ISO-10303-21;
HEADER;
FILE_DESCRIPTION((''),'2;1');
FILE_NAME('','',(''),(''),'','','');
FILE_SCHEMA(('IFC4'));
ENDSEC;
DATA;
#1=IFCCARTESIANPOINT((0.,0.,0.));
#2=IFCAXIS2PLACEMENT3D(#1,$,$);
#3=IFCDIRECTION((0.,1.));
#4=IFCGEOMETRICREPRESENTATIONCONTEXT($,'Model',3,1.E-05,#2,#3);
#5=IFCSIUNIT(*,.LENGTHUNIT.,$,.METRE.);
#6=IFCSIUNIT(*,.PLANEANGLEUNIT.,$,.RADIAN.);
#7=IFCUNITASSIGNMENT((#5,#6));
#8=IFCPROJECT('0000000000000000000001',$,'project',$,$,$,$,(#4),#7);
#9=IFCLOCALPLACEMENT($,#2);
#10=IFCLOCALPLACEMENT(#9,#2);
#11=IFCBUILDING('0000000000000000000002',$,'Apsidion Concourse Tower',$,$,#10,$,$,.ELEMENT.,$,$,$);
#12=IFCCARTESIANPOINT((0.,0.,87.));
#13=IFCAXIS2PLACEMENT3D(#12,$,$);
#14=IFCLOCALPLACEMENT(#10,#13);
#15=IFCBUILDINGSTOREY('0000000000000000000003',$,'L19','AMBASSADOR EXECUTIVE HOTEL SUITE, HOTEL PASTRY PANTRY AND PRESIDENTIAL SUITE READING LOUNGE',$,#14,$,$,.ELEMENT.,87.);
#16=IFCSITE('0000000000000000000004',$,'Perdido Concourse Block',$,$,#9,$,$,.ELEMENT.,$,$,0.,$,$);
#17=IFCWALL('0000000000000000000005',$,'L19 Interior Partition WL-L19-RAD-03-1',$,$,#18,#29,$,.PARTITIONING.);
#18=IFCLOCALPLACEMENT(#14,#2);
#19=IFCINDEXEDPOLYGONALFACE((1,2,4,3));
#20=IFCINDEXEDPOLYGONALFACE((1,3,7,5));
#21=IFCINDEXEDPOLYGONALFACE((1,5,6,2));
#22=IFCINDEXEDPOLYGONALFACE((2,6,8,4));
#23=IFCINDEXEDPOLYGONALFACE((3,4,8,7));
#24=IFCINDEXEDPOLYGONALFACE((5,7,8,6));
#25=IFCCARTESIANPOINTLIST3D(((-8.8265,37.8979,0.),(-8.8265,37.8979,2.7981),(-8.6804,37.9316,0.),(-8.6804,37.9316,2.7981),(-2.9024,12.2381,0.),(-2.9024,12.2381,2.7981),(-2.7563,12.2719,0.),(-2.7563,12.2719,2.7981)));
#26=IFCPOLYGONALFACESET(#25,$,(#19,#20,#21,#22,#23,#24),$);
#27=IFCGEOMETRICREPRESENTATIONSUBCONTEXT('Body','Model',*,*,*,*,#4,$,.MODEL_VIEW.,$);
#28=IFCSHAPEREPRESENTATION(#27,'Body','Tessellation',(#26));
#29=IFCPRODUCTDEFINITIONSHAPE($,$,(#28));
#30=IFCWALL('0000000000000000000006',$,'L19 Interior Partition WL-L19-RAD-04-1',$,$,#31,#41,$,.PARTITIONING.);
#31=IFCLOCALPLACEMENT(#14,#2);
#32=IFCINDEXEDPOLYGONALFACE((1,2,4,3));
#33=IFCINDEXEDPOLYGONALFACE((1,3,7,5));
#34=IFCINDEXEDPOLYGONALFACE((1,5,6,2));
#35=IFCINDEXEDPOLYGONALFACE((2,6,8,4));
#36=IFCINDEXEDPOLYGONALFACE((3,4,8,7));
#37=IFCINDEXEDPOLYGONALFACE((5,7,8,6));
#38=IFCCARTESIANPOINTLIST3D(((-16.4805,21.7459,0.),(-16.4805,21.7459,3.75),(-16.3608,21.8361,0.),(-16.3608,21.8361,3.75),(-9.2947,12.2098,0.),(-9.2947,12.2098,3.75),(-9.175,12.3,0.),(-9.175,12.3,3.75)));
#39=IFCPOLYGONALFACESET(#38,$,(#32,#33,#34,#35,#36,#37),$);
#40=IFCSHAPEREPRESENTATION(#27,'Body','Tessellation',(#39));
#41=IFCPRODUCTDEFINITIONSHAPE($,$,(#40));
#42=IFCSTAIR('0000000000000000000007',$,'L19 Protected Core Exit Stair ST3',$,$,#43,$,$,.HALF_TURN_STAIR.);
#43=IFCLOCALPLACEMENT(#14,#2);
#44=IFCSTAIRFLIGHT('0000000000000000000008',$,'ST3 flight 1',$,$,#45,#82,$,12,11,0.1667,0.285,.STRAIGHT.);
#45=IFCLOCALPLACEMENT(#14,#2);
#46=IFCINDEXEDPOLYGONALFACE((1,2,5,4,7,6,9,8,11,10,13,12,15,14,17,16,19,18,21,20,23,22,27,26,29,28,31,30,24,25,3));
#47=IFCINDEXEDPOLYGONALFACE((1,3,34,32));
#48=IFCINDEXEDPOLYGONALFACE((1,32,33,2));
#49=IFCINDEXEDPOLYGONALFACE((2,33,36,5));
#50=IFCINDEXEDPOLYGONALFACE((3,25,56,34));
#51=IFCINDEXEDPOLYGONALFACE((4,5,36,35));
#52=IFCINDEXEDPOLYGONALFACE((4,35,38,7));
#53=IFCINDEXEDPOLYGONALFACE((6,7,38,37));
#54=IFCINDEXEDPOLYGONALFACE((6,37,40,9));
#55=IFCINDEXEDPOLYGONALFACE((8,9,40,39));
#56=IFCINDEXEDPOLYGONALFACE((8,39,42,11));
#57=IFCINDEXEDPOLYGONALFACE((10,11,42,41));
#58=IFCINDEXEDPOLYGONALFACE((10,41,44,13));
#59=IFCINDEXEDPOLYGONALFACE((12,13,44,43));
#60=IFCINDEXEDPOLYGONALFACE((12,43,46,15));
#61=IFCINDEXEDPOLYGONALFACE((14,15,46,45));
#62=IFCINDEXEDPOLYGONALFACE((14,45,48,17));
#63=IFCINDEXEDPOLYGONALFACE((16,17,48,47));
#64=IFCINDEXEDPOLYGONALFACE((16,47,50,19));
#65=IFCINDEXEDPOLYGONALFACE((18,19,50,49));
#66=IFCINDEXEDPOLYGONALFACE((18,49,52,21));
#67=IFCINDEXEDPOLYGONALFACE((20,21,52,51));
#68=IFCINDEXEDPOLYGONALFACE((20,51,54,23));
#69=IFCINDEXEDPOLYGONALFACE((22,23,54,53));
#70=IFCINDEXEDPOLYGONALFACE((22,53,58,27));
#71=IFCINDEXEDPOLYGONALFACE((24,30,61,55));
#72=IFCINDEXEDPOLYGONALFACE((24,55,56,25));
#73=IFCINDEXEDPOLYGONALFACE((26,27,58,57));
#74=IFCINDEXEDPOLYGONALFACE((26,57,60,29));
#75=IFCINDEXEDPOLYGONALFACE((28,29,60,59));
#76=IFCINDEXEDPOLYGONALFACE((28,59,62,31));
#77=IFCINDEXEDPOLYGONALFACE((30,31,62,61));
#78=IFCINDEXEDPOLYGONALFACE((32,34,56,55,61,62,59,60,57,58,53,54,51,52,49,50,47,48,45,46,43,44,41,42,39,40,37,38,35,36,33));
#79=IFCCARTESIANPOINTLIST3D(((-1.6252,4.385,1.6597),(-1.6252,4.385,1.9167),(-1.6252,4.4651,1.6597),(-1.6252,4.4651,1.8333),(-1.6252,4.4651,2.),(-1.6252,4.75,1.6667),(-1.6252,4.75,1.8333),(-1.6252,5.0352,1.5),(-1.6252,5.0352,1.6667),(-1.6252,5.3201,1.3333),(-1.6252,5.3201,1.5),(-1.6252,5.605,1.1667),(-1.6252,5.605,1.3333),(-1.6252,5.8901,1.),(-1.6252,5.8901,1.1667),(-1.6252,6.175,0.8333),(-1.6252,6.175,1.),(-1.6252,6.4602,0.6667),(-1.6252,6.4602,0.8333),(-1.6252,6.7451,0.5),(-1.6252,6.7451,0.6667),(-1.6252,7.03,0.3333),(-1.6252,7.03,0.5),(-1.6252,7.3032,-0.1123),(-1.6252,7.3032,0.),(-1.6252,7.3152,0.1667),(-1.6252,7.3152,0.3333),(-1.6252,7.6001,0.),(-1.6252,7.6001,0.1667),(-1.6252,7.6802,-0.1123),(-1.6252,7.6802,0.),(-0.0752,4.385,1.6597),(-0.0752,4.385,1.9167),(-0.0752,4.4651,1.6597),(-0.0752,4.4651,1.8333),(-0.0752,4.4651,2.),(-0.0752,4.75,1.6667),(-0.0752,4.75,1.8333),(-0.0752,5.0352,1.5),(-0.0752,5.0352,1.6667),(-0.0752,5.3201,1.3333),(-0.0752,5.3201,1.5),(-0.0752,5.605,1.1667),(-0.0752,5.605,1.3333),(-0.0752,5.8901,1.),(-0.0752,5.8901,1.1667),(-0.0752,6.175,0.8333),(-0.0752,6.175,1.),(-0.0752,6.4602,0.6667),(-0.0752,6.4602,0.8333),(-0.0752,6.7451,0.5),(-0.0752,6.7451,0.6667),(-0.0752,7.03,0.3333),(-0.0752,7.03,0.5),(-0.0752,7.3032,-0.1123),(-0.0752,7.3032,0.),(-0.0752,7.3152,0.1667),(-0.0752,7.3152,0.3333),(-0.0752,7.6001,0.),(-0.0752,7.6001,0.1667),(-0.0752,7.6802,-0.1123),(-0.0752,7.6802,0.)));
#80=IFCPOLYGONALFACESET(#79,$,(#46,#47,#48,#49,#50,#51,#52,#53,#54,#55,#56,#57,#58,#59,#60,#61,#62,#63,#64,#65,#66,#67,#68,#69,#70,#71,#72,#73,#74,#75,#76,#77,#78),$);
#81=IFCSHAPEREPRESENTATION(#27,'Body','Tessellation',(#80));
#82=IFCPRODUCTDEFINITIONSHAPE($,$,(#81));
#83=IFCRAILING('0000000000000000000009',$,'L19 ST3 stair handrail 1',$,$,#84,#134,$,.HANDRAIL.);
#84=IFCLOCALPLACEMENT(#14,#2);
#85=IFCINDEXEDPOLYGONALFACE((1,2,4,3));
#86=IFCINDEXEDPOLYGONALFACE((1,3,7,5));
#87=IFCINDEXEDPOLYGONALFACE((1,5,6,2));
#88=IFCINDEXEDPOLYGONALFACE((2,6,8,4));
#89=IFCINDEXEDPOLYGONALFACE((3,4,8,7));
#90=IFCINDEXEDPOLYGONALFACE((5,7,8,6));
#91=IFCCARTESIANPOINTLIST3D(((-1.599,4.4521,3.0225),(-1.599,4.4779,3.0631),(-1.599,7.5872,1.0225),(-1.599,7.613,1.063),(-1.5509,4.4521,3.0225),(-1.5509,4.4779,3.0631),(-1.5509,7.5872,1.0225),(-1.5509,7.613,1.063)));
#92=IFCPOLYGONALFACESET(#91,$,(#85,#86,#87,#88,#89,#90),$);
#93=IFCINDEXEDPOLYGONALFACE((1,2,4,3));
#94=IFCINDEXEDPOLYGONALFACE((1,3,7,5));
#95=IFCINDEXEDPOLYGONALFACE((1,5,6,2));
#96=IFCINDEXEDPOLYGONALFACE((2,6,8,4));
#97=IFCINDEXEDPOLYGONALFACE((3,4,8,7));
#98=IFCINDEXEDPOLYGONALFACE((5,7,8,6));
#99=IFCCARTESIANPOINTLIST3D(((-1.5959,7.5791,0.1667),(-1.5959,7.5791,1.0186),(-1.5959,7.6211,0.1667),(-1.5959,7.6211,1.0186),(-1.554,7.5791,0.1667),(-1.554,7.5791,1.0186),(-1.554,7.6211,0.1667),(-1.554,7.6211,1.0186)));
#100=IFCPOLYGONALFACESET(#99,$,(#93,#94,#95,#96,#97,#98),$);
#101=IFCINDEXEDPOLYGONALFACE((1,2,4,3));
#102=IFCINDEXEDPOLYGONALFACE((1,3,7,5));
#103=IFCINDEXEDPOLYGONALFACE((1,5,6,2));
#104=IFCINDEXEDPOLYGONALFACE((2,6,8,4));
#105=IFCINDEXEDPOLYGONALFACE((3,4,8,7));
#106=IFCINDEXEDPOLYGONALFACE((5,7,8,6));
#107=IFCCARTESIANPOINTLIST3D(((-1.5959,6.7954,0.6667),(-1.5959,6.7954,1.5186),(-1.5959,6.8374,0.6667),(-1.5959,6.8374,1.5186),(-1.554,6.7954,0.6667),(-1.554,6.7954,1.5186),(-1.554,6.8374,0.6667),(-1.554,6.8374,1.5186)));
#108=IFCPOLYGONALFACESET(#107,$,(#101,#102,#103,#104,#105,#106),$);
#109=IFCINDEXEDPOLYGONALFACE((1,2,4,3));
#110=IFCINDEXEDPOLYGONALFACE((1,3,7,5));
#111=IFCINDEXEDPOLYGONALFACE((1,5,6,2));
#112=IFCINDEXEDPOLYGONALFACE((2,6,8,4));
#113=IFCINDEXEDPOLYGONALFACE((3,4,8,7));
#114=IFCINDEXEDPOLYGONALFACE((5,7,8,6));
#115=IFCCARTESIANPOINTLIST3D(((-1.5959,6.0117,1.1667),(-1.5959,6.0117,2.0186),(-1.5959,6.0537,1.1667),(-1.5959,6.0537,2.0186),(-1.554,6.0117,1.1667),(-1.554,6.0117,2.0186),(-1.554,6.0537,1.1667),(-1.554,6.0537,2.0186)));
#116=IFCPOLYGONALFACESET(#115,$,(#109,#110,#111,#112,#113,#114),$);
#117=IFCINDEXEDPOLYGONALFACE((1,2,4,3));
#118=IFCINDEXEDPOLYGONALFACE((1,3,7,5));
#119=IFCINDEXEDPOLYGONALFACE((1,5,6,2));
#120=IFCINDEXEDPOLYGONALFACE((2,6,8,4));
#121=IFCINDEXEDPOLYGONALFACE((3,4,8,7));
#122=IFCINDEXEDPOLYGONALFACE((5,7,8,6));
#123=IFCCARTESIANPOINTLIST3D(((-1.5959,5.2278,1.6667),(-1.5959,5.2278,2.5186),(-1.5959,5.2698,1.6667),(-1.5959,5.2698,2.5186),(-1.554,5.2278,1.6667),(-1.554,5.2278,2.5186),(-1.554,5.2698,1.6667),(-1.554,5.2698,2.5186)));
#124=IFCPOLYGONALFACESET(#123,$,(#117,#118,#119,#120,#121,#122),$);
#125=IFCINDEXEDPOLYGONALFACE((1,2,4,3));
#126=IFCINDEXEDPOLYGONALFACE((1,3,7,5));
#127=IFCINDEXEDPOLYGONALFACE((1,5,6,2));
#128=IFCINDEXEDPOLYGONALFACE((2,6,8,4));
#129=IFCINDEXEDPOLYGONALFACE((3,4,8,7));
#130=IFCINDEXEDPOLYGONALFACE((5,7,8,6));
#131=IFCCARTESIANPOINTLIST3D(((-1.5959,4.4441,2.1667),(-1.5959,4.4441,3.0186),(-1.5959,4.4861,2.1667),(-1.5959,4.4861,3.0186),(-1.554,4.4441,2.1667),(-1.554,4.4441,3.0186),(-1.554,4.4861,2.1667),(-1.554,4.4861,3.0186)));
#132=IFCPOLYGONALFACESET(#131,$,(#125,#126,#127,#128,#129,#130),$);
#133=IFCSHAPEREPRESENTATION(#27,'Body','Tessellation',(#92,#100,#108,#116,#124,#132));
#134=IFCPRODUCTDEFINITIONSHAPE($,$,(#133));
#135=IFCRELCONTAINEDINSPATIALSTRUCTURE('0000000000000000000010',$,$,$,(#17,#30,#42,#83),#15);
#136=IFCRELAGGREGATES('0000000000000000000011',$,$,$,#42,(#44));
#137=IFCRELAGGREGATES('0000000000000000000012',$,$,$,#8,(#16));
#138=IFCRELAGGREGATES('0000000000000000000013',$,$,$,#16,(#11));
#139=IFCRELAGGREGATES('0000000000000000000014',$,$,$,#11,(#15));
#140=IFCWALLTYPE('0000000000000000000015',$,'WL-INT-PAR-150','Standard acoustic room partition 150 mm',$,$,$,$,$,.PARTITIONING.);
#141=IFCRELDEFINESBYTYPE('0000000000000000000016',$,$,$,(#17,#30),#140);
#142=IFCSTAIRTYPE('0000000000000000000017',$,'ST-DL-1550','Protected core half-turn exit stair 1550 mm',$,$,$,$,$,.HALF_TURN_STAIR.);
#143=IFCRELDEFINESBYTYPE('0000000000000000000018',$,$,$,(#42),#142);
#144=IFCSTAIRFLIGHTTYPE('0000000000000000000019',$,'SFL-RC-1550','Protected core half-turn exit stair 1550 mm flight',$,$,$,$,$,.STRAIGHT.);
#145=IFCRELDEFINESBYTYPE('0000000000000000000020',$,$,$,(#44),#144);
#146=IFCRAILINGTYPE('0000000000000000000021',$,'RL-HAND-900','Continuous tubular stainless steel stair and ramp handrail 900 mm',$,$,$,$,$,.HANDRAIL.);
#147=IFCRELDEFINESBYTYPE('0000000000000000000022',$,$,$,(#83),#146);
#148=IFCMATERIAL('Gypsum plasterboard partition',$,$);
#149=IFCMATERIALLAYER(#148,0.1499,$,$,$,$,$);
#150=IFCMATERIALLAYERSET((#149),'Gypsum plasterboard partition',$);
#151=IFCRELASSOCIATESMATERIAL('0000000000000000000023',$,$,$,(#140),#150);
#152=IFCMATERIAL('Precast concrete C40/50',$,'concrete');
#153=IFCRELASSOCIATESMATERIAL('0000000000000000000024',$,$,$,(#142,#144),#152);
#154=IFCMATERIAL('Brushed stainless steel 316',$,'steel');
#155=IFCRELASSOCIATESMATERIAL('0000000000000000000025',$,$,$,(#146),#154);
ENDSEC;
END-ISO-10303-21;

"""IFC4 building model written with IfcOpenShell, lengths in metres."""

from ifc_helpers import new_model, si_unit, direction, frame, frame_2d, origin, origin_2d, place, context, subcontext, project, spatial, polyline, rectangle, outline, extrude, material, layer, layer_set, type_object, element, aggregate, save


model = new_model("IFC4")

# Units and contexts
model_context = context("Model", 3, precision=1e-05, world=origin(), true_north=direction((0.0, 1.0)))
body_context = subcontext(model_context, "Body", "Model", "MODEL_VIEW")
ifc_project = project(units=[si_unit("LENGTHUNIT", "METRE"), si_unit("PLANEANGLEUNIT", "RADIAN")], contexts=[model_context])

# Site, building, storey
site_placement = place(None, origin())
site = spatial("IfcSite", under=ifc_project, at=site_placement, Name="Perdido Concourse Block", CompositionType="ELEMENT", RefElevation=0.0)
building_placement = place(site_placement, origin())
building = spatial("IfcBuilding", under=site, at=building_placement, Name="Apsidion Concourse Tower", CompositionType="ELEMENT")
storey_placement = place(building_placement, frame((0.0, 0.0, 87.0)))
storey = spatial("IfcBuildingStorey", under=building, at=storey_placement, Name="L19", Description="AMBASSADOR EXECUTIVE HOTEL SUITE, HOTEL PASTRY PANTRY AND PRESIDENTIAL SUITE READING LOUNGE", CompositionType="ELEMENT", Elevation=87.0)

# Shared definitions
ifc_material_1 = material(Name="Precast concrete C40/50", Category="concrete")
ifc_material_2 = material(Name="Gypsum plasterboard partition")

# Shared definitions
ifc_layer_1 = layer(ifc_material_2, 0.1499)
ifc_layer_set_1 = layer_set([ifc_layer_1], Name="Gypsum plasterboard partition")
wall_type_1 = type_object("IfcWallType", Name="WL-INT-PAR-150", Description="Standard acoustic room partition 150 mm", PredefinedType="PARTITIONING", material=ifc_layer_set_1)
ifc_material_3 = material(Name="Brushed stainless steel 316", Category="steel")

# Walls
wall_1_placement = place(storey_placement, frame((-2.8293, 12.2549, 0.0), z_axis=(0.0, 0.0, 1.0), x_axis=(-0.224954, 0.974369, 0.0)))
element("IfcWall", 1, at=wall_1_placement, inside=storey, type_object=wall_type_1, Name="L19 Interior Partition WL-L19-RAD-03-1", PredefinedType="PARTITIONING", context=body_context, shape_type="SweptSolid", body=[
    extrude(rectangle(XDim=26.3347, YDim=0.1499, at=frame_2d((13.1675, 0.0))), origin(), (0.0, 0.0, 1.0), 2.7981),
])
wall_2_placement = place(storey_placement, frame((-9.2349, 12.2549, 0.0), z_axis=(0.0, 0.0, 1.0), x_axis=(-0.601804, 0.798644, 0.0)))
element("IfcWall", 2, at=wall_2_placement, inside=storey, type_object=wall_type_1, Name="L19 Interior Partition WL-L19-RAD-04-1", PredefinedType="PARTITIONING", context=body_context, shape_type="SweptSolid", body=[
    extrude(rectangle(XDim=11.9404, YDim=0.1499, at=frame_2d((5.9702, 0.0))), origin(), (0.0, 0.0, 1.0), 3.75),
])

# Stair, stair flight
stair_type = type_object("IfcStairType", Name="ST-DL-1550", Description="Protected core half-turn exit stair 1550 mm", PredefinedType="HALF_TURN_STAIR", material=ifc_material_1)
stair_placement = place(storey_placement, origin())
stair = element("IfcStair", 3, at=stair_placement, inside=storey, type_object=stair_type, Name="L19 Protected Core Exit Stair ST3", PredefinedType="HALF_TURN_STAIR")
stair_flight_type = type_object("IfcStairFlightType", Name="SFL-RC-1550", Description="Protected core half-turn exit stair 1550 mm flight", PredefinedType="STRAIGHT", material=ifc_material_1)
stair_flight_placement = place(storey_placement, frame((-0.8501, 7.6001, 0.0), z_axis=(0.0, 0.0, 1.0), x_axis=(0.0, -1.0, 0.0)))
stair_flight = element("IfcStairFlight", 4, at=stair_flight_placement, type_object=stair_flight_type, Name="ST3 flight 1", NumberOfRisers=12, NumberOfTreads=11, PredefinedType="STRAIGHT", RiserHeight=0.1667, TreadLength=0.285, context=body_context, shape_type="SweptSolid", body=[
    extrude(outline(polyline([(-0.0801, -0.1123), (-0.0801, 0.0), (0.0, 0.0), (0.0, 0.1667), (0.2849, 0.1667), (0.2849, 0.3333), (0.5701, 0.3333), (0.5701, 0.5), (0.855, 0.5), (0.855, 0.6667), (1.1399, 0.6667), (1.1399, 0.8333), (1.425, 0.8333), (1.425, 1.0), (1.71, 1.0), (1.71, 1.1667), (1.9951, 1.1667), (1.9951, 1.3333), (2.28, 1.3333), (2.28, 1.5), (2.5649, 1.5), (2.5649, 1.6667), (2.8501, 1.6667), (2.8501, 1.8333), (3.135, 1.8333), (3.135, 2.0), (3.2151, 1.9167), (3.2151, 1.6597), (3.135, 1.6597), (0.2969, 0.0), (0.2969, -0.1123), (-0.0801, -0.1123)])), frame((0.0, 0.7749, 0.0), z_axis=(0.0, -1.0, 0.0), x_axis=(1.0, 0.0, 0.0)), (0.0, 0.0, 1.0), 1.55),
])
aggregate(stair, [stair_flight])

# Railing
railing_type = type_object("IfcRailingType", Name="RL-HAND-900", Description="Continuous tubular stainless steel stair and ramp handrail 900 mm", PredefinedType="HANDRAIL", material=ifc_material_3)
railing_placement = place(storey_placement, frame((-1.575, 7.6001, 0.1667)))
element("IfcRailing", 5, at=railing_placement, inside=storey, type_object=railing_type, Name="L19 ST3 stair handrail 1", PredefinedType="HANDRAIL", context=body_context, shape_type="SweptSolid", body=[
    extrude(rectangle(XDim=0.0481, YDim=0.0481, at=origin_2d()), frame((0.0, 0.0, 0.876), z_axis=(0.0, -0.843053, 0.537831), x_axis=(1.0, 0.0, 0.0)), (0.0, 0.0, 1.0), 3.7188),
    extrude(rectangle(XDim=0.042, YDim=0.042, at=origin_2d()), origin(), (0.0, 0.0, 1.0), 0.8518),
    extrude(rectangle(XDim=0.042, YDim=0.042, at=origin_2d()), frame((0.0, -0.7837, 0.5)), (0.0, 0.0, 1.0), 0.8518),
    extrude(rectangle(XDim=0.042, YDim=0.042, at=origin_2d()), frame((0.0, -1.5674, 1.0)), (0.0, 0.0, 1.0), 0.8518),
    extrude(rectangle(XDim=0.042, YDim=0.042, at=origin_2d()), frame((0.0, -2.3513, 1.5)), (0.0, 0.0, 1.0), 0.8518),
    extrude(rectangle(XDim=0.042, YDim=0.042, at=origin_2d()), frame((0.0, -3.135, 2.0)), (0.0, 0.0, 1.0), 0.8518),
])

save(model, "model.ifc")
